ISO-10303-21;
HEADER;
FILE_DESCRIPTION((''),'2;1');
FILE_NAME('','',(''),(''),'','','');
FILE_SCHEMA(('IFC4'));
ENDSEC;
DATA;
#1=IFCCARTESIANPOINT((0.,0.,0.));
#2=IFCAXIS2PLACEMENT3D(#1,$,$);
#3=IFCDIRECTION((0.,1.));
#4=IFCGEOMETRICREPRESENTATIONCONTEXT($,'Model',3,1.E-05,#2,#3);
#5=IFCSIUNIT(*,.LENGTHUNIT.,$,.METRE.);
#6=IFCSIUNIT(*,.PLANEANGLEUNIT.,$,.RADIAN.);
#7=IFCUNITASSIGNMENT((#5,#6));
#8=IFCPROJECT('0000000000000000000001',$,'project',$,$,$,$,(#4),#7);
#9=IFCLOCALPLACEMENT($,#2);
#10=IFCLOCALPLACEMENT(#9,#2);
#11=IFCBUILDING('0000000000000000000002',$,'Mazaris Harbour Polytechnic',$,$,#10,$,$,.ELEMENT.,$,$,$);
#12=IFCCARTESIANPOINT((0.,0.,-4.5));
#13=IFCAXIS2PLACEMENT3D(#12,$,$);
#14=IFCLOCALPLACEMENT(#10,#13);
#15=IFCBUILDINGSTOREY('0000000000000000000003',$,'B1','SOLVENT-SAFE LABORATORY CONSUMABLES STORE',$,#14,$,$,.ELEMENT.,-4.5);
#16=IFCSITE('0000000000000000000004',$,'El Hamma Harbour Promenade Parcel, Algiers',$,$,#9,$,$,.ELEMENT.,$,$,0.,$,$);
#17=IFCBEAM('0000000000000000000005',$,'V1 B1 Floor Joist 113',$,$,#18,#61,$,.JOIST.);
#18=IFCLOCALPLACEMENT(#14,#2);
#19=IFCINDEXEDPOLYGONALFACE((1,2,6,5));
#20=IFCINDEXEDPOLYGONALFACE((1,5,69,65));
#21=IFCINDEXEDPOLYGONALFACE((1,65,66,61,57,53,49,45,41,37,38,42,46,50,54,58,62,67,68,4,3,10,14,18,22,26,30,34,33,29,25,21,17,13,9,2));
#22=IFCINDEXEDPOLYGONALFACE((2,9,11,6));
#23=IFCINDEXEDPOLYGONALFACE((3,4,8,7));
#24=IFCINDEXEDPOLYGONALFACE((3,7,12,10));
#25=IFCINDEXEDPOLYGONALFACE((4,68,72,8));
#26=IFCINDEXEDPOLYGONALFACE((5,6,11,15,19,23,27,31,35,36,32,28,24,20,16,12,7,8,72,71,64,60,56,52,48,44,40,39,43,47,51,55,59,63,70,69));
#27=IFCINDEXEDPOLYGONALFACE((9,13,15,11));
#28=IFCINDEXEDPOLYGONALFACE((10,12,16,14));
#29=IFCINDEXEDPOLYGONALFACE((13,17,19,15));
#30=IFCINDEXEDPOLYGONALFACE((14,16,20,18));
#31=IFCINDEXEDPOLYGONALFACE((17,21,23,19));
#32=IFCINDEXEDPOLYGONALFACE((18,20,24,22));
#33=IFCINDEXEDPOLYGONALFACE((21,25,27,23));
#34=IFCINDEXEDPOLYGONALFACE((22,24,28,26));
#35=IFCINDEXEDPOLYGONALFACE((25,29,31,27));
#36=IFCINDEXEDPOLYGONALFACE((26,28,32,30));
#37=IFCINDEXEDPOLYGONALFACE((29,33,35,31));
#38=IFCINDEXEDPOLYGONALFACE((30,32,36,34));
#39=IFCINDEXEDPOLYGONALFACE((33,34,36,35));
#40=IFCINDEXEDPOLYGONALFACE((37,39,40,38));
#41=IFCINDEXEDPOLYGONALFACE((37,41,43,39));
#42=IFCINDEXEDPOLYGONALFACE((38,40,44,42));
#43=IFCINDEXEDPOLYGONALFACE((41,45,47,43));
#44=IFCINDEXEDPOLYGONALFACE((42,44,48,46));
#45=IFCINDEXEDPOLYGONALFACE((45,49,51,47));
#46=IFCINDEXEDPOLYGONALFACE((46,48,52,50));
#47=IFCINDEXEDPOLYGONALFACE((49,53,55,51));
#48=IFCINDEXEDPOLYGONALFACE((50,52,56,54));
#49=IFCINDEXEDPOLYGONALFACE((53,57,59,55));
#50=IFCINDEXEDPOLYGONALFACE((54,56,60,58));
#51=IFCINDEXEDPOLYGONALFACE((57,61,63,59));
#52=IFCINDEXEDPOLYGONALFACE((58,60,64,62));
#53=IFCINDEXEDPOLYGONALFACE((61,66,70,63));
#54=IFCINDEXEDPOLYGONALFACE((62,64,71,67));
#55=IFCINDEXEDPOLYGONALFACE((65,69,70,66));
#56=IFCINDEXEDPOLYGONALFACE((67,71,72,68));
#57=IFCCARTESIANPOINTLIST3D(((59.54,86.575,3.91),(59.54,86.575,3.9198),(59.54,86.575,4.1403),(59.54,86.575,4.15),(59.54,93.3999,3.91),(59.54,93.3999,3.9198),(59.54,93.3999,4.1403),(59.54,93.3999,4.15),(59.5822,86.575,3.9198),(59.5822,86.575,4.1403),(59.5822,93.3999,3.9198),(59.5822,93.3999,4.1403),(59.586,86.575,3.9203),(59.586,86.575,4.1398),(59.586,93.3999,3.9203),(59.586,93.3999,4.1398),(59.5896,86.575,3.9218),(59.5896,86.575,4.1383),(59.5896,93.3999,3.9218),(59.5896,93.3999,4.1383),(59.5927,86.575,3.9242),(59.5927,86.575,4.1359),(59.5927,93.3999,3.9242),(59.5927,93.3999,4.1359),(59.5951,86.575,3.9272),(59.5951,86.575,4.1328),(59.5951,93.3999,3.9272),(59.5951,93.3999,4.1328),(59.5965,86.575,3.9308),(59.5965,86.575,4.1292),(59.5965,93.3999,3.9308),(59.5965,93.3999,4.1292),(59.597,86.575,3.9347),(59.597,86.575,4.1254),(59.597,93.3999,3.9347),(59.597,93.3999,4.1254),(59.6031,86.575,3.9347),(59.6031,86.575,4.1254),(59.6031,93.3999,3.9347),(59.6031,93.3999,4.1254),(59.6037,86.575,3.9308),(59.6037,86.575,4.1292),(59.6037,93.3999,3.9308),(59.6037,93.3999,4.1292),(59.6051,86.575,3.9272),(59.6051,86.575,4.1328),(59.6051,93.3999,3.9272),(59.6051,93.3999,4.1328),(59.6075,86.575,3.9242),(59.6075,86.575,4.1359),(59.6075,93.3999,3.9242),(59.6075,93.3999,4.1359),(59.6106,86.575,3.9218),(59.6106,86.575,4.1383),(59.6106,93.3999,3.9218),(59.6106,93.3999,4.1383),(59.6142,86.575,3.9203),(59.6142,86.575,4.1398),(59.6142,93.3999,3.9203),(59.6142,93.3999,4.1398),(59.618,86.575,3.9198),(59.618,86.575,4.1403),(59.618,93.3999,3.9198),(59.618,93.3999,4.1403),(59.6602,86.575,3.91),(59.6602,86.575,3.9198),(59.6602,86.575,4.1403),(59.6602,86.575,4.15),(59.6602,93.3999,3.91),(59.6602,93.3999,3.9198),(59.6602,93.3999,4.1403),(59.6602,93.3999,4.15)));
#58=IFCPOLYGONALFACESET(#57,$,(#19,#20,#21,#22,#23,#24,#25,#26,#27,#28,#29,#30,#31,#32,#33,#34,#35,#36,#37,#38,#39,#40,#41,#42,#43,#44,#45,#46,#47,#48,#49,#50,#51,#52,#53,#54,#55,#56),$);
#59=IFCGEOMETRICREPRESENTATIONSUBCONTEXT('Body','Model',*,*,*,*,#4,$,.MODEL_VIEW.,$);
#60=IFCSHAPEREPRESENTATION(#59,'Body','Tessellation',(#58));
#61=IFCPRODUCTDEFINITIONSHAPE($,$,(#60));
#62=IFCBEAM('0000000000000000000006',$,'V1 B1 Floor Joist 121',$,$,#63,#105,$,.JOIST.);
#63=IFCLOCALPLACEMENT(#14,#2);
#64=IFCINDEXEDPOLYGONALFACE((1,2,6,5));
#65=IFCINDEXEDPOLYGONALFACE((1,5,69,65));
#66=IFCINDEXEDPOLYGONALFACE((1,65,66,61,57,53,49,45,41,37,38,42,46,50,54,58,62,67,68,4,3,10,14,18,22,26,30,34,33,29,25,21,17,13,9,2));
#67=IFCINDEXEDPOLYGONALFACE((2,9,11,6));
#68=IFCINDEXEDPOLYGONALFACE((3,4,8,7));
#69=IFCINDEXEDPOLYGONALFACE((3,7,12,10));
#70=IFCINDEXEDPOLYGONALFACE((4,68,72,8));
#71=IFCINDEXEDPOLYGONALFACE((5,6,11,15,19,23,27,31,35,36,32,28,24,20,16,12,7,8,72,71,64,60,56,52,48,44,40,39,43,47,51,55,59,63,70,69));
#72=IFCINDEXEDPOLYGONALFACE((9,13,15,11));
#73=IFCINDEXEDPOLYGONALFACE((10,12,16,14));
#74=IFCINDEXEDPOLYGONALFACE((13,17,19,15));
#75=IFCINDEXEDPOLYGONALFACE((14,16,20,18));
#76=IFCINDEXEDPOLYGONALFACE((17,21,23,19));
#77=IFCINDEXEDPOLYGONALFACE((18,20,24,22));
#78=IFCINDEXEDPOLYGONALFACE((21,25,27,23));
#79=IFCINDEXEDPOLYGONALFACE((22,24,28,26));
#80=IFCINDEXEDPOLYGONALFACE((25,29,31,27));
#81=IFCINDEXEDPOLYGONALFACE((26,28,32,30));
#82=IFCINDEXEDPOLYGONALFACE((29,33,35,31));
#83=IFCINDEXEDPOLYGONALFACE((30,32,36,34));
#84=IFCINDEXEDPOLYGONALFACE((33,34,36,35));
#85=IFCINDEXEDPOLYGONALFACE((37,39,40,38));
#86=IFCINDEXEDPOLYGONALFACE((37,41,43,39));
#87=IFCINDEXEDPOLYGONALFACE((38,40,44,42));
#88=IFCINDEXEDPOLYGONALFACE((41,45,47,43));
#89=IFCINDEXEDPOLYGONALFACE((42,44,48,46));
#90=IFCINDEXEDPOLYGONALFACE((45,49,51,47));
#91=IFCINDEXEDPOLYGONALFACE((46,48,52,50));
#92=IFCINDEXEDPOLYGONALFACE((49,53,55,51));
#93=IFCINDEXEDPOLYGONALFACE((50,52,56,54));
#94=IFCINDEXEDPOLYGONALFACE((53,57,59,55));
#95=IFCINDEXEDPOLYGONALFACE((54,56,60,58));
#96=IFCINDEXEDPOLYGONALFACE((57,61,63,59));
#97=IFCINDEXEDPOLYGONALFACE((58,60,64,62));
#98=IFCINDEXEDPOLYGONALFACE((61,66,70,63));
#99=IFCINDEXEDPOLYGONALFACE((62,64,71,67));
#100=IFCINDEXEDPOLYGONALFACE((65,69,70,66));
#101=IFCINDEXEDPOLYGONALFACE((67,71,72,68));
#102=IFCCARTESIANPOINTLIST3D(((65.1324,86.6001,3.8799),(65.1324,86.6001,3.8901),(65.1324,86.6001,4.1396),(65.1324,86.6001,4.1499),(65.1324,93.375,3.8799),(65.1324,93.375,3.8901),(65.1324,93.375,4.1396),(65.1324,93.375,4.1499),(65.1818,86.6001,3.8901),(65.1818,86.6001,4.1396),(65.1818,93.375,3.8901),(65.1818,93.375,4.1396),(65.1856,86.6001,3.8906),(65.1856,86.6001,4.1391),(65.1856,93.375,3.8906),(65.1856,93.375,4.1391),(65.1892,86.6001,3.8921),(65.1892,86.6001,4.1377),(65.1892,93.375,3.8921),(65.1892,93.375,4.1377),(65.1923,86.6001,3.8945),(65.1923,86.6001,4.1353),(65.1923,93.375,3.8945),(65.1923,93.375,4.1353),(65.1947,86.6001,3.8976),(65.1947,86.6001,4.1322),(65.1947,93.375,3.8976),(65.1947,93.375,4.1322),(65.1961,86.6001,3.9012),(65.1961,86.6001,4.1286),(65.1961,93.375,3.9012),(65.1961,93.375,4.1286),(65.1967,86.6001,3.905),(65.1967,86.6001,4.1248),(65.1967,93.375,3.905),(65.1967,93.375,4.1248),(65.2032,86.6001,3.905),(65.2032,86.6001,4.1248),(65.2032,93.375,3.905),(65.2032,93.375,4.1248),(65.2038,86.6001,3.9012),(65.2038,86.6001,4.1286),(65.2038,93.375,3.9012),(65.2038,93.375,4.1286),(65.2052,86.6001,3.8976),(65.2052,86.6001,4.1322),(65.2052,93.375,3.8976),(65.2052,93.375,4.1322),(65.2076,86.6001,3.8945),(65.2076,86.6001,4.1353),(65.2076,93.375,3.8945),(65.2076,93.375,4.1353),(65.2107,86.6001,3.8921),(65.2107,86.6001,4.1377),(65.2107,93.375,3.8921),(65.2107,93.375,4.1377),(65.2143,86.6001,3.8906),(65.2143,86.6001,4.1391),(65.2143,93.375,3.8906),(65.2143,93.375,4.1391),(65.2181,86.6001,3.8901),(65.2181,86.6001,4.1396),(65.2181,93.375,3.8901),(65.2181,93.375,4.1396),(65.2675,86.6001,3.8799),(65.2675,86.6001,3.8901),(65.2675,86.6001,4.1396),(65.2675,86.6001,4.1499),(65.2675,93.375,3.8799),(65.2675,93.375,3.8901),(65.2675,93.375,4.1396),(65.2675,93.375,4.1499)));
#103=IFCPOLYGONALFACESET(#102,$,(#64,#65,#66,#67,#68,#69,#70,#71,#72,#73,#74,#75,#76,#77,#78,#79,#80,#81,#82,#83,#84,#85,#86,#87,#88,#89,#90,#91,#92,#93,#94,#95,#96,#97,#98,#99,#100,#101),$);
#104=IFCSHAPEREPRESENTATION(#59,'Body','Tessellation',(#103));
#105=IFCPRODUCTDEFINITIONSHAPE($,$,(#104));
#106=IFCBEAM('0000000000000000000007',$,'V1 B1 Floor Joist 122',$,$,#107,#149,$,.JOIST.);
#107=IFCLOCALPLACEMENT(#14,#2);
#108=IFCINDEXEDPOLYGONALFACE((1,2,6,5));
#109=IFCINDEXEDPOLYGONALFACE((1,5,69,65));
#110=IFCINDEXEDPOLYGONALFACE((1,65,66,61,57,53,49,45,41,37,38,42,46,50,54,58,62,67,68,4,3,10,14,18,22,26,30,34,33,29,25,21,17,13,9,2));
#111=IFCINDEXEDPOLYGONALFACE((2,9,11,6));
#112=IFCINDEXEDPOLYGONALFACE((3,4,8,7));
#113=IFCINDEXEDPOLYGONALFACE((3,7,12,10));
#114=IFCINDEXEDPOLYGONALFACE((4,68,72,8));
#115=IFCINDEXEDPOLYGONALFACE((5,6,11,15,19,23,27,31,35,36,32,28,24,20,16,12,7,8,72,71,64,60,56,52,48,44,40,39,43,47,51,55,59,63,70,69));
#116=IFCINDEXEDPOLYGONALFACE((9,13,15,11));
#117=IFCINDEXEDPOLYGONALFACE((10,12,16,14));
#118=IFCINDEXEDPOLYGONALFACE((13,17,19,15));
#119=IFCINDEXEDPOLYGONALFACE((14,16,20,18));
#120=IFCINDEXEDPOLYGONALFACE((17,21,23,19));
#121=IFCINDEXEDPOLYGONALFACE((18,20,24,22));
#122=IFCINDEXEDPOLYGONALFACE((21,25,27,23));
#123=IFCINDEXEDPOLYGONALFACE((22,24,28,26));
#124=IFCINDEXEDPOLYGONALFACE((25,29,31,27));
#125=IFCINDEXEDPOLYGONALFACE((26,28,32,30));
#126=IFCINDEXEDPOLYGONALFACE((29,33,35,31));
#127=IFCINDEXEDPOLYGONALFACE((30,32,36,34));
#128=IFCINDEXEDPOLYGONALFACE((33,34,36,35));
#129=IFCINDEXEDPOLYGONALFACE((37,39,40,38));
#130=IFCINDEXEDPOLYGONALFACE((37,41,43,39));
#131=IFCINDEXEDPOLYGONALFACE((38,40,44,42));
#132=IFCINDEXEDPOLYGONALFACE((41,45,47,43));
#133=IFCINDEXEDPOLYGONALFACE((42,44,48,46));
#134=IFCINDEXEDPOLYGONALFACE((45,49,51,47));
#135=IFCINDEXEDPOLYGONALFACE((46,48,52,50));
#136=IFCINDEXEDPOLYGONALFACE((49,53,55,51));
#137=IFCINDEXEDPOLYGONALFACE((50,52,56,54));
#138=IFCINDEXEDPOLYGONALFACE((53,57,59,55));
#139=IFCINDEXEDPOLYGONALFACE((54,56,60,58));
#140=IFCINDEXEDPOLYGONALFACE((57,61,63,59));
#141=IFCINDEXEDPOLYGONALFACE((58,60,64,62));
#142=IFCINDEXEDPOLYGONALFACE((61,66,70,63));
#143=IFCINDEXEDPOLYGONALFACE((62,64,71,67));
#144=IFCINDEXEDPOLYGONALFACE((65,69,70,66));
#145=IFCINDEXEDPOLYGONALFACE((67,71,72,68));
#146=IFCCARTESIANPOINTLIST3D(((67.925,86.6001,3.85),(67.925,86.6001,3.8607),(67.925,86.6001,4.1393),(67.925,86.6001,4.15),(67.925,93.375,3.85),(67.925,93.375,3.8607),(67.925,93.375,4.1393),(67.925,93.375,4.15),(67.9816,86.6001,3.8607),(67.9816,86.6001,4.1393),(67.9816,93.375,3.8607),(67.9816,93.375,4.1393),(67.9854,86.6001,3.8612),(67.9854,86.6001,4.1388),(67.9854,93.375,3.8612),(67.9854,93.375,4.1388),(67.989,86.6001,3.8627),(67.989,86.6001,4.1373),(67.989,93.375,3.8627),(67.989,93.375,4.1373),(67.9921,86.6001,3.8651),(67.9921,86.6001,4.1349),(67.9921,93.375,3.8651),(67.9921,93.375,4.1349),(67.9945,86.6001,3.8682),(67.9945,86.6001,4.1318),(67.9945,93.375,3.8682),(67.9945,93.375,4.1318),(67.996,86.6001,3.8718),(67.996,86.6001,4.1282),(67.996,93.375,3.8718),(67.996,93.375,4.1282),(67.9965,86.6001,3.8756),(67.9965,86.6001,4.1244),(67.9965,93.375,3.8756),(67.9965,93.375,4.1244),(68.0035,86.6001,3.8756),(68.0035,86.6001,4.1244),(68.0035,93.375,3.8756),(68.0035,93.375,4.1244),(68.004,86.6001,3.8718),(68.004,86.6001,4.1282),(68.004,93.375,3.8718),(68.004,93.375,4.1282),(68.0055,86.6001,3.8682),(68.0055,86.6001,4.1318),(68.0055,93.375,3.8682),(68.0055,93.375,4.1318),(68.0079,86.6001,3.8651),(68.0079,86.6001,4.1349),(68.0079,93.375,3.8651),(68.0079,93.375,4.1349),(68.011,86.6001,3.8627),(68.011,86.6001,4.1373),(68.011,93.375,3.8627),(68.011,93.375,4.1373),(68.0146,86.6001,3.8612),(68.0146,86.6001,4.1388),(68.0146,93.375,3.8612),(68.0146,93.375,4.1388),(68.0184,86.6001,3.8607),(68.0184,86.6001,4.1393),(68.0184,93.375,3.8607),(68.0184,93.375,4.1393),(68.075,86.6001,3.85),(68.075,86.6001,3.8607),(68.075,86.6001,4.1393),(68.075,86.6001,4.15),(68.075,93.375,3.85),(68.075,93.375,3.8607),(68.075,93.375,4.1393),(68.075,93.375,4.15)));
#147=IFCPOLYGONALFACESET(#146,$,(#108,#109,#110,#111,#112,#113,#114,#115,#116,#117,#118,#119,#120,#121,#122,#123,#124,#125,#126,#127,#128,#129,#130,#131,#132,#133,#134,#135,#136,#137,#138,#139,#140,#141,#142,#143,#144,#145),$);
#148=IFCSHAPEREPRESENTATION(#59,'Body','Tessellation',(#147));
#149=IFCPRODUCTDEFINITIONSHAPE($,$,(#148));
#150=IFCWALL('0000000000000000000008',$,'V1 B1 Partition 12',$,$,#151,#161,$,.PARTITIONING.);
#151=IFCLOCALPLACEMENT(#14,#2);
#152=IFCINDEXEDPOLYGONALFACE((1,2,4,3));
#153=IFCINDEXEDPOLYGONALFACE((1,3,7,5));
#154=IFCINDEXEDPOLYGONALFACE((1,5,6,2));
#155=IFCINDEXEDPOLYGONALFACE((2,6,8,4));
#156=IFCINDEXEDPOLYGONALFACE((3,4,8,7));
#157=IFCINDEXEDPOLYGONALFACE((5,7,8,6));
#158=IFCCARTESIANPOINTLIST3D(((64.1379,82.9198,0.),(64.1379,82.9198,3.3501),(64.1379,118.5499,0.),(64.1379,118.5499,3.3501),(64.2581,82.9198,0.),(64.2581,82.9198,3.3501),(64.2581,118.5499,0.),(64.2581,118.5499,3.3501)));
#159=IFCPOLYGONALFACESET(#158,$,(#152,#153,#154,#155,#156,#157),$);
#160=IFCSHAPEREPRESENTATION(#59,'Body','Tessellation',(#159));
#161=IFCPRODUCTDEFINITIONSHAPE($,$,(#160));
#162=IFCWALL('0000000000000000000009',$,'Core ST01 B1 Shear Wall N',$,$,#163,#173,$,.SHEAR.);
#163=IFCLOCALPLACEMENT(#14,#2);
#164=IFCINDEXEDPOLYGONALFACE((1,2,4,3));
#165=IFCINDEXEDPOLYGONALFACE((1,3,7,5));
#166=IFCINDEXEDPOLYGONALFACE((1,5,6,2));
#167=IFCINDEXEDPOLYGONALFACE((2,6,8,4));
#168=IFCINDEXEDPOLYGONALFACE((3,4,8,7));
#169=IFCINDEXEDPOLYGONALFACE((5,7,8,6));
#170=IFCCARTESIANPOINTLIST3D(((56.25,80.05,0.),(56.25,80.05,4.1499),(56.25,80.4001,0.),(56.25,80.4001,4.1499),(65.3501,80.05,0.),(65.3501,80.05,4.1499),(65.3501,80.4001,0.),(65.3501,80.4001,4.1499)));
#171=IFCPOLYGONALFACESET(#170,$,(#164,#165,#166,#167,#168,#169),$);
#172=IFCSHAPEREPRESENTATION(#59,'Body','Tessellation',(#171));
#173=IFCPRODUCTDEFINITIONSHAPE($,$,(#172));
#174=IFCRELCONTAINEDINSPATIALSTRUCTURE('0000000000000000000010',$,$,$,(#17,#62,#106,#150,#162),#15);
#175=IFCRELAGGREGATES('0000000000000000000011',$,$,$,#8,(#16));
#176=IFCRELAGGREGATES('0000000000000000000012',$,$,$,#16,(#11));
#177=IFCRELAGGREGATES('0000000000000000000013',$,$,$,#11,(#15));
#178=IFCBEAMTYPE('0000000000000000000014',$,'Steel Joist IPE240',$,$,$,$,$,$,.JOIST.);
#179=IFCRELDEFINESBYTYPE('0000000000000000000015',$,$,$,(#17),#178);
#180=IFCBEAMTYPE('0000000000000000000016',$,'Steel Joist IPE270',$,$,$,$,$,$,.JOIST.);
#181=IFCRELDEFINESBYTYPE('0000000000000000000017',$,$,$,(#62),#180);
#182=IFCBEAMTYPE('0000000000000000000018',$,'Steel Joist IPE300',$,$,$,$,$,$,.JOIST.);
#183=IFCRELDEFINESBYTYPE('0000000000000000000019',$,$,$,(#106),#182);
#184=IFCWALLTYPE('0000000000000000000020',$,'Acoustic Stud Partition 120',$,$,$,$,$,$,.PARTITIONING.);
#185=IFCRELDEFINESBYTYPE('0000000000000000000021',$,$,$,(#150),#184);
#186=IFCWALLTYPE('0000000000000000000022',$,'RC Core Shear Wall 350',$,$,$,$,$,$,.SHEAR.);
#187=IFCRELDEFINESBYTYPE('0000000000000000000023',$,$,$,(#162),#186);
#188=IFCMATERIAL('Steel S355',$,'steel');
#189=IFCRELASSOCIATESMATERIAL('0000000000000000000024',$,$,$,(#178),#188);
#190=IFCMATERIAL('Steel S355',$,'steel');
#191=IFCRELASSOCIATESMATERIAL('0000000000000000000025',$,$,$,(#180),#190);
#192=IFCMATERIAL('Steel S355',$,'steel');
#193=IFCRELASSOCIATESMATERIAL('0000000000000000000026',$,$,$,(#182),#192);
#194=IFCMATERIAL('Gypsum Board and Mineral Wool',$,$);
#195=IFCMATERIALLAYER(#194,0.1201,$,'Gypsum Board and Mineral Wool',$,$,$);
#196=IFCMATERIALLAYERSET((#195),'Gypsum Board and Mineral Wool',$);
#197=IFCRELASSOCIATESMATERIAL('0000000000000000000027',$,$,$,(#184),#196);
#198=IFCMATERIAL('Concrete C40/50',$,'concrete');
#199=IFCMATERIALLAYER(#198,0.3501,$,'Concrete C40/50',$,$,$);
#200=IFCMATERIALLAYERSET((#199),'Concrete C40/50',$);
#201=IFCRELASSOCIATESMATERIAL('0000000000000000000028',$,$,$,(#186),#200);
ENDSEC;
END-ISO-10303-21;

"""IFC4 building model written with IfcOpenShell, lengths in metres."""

from ifc_helpers import new_model, si_unit, direction, frame, frame_2d, origin, origin_2d, place, context, subcontext, project, spatial, rectangle, i_section, extrude, material, layer, layer_set, material_profile, profile_set, type_object, element, save


model = new_model("IFC4")

# Units and contexts
model_context = context("Model", 3, precision=1e-05, world=origin(), true_north=direction((0.0, 1.0)))
body_context = subcontext(model_context, "Body", "Model", "MODEL_VIEW")
ifc_project = project(units=[si_unit("LENGTHUNIT", "METRE"), si_unit("PLANEANGLEUNIT", "RADIAN")], contexts=[model_context])

# Site, building, storey
site_placement = place(None, origin())
site = spatial("IfcSite", under=ifc_project, at=site_placement, Name="El Hamma Harbour Promenade Parcel, Algiers", CompositionType="ELEMENT", RefElevation=0.0)
building_placement = place(site_placement, origin())
building = spatial("IfcBuilding", under=site, at=building_placement, Name="Mazaris Harbour Polytechnic", CompositionType="ELEMENT")
storey_placement = place(building_placement, frame((0.0, 0.0, -4.5)))
storey = spatial("IfcBuildingStorey", under=building, at=storey_placement, Name="B1", Description="SOLVENT-SAFE LABORATORY CONSUMABLES STORE", CompositionType="ELEMENT", Elevation=-4.5)

# Beams
ifc_material_1 = material(Name="Steel S355", Category="steel")
ifc_material_profile_1 = material_profile(ifc_material_1, i_section(OverallWidth=0.1201, OverallDepth=0.24, WebThickness=0.0061, FlangeThickness=0.0098, FilletRadius=0.0149, at=origin_2d()), Name="IPE 240")
ifc_profile_set_1 = profile_set([ifc_material_profile_1], Name="Steel S355")
beam_type_1 = type_object("IfcBeamType", Name="Steel Joist IPE240", PredefinedType="JOIST", material=ifc_profile_set_1)
beam_1_placement = place(storey_placement, frame((59.6001, 86.575, 4.03), z_axis=(0.0, 1.0, 0.0), x_axis=(-1.0, 0.0, 0.0)))
element("IfcBeam", 1, at=beam_1_placement, inside=storey, type_object=beam_type_1, Name="V1 B1 Floor Joist 113", PredefinedType="JOIST", context=body_context, shape_type="SweptSolid", body=[
    extrude(i_section(OverallWidth=0.1201, OverallDepth=0.24, WebThickness=0.0061, FlangeThickness=0.0098, FilletRadius=0.0149, at=origin_2d()), origin(), (0.0, 0.0, 1.0), 6.825),
])
ifc_material_2 = material(Name="Steel S355", Category="steel")
ifc_material_profile_2 = material_profile(ifc_material_2, i_section(OverallWidth=0.135, OverallDepth=0.27, WebThickness=0.0066, FlangeThickness=0.0103, FilletRadius=0.0149, at=origin_2d()), Name="IPE 270")
ifc_profile_set_2 = profile_set([ifc_material_profile_2], Name="Steel S355")
beam_type_2 = type_object("IfcBeamType", Name="Steel Joist IPE270", PredefinedType="JOIST", material=ifc_profile_set_2)
beam_2_placement = place(storey_placement, frame((65.2, 86.6001, 4.0149), z_axis=(0.0, 1.0, 0.0), x_axis=(-1.0, 0.0, 0.0)))
element("IfcBeam", 2, at=beam_2_placement, inside=storey, type_object=beam_type_2, Name="V1 B1 Floor Joist 121", PredefinedType="JOIST", context=body_context, shape_type="SweptSolid", body=[
    extrude(i_section(OverallWidth=0.135, OverallDepth=0.27, WebThickness=0.0066, FlangeThickness=0.0103, FilletRadius=0.0149, at=origin_2d()), origin(), (0.0, 0.0, 1.0), 6.7749),
])
ifc_material_3 = material(Name="Steel S355", Category="steel")
ifc_material_profile_3 = material_profile(ifc_material_3, i_section(OverallWidth=0.1499, OverallDepth=0.3, WebThickness=0.0071, FlangeThickness=0.0107, FilletRadius=0.0149, at=origin_2d()), Name="IPE 300")
ifc_profile_set_3 = profile_set([ifc_material_profile_3], Name="Steel S355")
beam_type_3 = type_object("IfcBeamType", Name="Steel Joist IPE300", PredefinedType="JOIST", material=ifc_profile_set_3)
beam_3_placement = place(storey_placement, frame((68.0, 86.6001, 4.0), z_axis=(0.0, 1.0, 0.0), x_axis=(-1.0, 0.0, 0.0)))
element("IfcBeam", 3, at=beam_3_placement, inside=storey, type_object=beam_type_3, Name="V1 B1 Floor Joist 122", PredefinedType="JOIST", context=body_context, shape_type="SweptSolid", body=[
    extrude(i_section(OverallWidth=0.1499, OverallDepth=0.3, WebThickness=0.0071, FlangeThickness=0.0107, FilletRadius=0.0149, at=origin_2d()), origin(), (0.0, 0.0, 1.0), 6.7749),
])

# Walls
ifc_material_4 = material(Name="Gypsum Board and Mineral Wool")
ifc_layer_1 = layer(ifc_material_4, 0.1201, Name="Gypsum Board and Mineral Wool")
ifc_layer_set_1 = layer_set([ifc_layer_1], Name="Gypsum Board and Mineral Wool")
wall_type_1 = type_object("IfcWallType", Name="Acoustic Stud Partition 120", PredefinedType="PARTITIONING", material=ifc_layer_set_1)
wall_1_placement = place(storey_placement, frame((64.198, 82.9199, 0.0), z_axis=(0.0, 0.0, 1.0), x_axis=(0.0, 1.0, 0.0)))
element("IfcWall", 4, at=wall_1_placement, inside=storey, type_object=wall_type_1, Name="V1 B1 Partition 12", PredefinedType="PARTITIONING", context=body_context, shape_type="SweptSolid", body=[
    extrude(rectangle(XDim=35.6301, YDim=0.1201, at=frame_2d((17.8149, 0.0))), origin(), (0.0, 0.0, 1.0), 3.3501),
])
ifc_material_5 = material(Name="Concrete C40/50", Category="concrete")
ifc_layer_2 = layer(ifc_material_5, 0.3501, Name="Concrete C40/50")
ifc_layer_set_2 = layer_set([ifc_layer_2], Name="Concrete C40/50")
wall_type_2 = type_object("IfcWallType", Name="RC Core Shear Wall 350", PredefinedType="SHEAR", material=ifc_layer_set_2)
wall_2_placement = place(storey_placement, frame((65.3501, 80.2251, 0.0), z_axis=(0.0, 0.0, 1.0), x_axis=(-1.0, 0.0, 0.0)))
element("IfcWall", 5, at=wall_2_placement, inside=storey, type_object=wall_type_2, Name="Core ST01 B1 Shear Wall N", PredefinedType="SHEAR", context=body_context, shape_type="SweptSolid", body=[
    extrude(rectangle(XDim=9.1001, YDim=0.3501, at=frame_2d((4.55, 0.0))), origin(), (0.0, 0.0, 1.0), 4.1499),
])

save(model, "model.ifc")
